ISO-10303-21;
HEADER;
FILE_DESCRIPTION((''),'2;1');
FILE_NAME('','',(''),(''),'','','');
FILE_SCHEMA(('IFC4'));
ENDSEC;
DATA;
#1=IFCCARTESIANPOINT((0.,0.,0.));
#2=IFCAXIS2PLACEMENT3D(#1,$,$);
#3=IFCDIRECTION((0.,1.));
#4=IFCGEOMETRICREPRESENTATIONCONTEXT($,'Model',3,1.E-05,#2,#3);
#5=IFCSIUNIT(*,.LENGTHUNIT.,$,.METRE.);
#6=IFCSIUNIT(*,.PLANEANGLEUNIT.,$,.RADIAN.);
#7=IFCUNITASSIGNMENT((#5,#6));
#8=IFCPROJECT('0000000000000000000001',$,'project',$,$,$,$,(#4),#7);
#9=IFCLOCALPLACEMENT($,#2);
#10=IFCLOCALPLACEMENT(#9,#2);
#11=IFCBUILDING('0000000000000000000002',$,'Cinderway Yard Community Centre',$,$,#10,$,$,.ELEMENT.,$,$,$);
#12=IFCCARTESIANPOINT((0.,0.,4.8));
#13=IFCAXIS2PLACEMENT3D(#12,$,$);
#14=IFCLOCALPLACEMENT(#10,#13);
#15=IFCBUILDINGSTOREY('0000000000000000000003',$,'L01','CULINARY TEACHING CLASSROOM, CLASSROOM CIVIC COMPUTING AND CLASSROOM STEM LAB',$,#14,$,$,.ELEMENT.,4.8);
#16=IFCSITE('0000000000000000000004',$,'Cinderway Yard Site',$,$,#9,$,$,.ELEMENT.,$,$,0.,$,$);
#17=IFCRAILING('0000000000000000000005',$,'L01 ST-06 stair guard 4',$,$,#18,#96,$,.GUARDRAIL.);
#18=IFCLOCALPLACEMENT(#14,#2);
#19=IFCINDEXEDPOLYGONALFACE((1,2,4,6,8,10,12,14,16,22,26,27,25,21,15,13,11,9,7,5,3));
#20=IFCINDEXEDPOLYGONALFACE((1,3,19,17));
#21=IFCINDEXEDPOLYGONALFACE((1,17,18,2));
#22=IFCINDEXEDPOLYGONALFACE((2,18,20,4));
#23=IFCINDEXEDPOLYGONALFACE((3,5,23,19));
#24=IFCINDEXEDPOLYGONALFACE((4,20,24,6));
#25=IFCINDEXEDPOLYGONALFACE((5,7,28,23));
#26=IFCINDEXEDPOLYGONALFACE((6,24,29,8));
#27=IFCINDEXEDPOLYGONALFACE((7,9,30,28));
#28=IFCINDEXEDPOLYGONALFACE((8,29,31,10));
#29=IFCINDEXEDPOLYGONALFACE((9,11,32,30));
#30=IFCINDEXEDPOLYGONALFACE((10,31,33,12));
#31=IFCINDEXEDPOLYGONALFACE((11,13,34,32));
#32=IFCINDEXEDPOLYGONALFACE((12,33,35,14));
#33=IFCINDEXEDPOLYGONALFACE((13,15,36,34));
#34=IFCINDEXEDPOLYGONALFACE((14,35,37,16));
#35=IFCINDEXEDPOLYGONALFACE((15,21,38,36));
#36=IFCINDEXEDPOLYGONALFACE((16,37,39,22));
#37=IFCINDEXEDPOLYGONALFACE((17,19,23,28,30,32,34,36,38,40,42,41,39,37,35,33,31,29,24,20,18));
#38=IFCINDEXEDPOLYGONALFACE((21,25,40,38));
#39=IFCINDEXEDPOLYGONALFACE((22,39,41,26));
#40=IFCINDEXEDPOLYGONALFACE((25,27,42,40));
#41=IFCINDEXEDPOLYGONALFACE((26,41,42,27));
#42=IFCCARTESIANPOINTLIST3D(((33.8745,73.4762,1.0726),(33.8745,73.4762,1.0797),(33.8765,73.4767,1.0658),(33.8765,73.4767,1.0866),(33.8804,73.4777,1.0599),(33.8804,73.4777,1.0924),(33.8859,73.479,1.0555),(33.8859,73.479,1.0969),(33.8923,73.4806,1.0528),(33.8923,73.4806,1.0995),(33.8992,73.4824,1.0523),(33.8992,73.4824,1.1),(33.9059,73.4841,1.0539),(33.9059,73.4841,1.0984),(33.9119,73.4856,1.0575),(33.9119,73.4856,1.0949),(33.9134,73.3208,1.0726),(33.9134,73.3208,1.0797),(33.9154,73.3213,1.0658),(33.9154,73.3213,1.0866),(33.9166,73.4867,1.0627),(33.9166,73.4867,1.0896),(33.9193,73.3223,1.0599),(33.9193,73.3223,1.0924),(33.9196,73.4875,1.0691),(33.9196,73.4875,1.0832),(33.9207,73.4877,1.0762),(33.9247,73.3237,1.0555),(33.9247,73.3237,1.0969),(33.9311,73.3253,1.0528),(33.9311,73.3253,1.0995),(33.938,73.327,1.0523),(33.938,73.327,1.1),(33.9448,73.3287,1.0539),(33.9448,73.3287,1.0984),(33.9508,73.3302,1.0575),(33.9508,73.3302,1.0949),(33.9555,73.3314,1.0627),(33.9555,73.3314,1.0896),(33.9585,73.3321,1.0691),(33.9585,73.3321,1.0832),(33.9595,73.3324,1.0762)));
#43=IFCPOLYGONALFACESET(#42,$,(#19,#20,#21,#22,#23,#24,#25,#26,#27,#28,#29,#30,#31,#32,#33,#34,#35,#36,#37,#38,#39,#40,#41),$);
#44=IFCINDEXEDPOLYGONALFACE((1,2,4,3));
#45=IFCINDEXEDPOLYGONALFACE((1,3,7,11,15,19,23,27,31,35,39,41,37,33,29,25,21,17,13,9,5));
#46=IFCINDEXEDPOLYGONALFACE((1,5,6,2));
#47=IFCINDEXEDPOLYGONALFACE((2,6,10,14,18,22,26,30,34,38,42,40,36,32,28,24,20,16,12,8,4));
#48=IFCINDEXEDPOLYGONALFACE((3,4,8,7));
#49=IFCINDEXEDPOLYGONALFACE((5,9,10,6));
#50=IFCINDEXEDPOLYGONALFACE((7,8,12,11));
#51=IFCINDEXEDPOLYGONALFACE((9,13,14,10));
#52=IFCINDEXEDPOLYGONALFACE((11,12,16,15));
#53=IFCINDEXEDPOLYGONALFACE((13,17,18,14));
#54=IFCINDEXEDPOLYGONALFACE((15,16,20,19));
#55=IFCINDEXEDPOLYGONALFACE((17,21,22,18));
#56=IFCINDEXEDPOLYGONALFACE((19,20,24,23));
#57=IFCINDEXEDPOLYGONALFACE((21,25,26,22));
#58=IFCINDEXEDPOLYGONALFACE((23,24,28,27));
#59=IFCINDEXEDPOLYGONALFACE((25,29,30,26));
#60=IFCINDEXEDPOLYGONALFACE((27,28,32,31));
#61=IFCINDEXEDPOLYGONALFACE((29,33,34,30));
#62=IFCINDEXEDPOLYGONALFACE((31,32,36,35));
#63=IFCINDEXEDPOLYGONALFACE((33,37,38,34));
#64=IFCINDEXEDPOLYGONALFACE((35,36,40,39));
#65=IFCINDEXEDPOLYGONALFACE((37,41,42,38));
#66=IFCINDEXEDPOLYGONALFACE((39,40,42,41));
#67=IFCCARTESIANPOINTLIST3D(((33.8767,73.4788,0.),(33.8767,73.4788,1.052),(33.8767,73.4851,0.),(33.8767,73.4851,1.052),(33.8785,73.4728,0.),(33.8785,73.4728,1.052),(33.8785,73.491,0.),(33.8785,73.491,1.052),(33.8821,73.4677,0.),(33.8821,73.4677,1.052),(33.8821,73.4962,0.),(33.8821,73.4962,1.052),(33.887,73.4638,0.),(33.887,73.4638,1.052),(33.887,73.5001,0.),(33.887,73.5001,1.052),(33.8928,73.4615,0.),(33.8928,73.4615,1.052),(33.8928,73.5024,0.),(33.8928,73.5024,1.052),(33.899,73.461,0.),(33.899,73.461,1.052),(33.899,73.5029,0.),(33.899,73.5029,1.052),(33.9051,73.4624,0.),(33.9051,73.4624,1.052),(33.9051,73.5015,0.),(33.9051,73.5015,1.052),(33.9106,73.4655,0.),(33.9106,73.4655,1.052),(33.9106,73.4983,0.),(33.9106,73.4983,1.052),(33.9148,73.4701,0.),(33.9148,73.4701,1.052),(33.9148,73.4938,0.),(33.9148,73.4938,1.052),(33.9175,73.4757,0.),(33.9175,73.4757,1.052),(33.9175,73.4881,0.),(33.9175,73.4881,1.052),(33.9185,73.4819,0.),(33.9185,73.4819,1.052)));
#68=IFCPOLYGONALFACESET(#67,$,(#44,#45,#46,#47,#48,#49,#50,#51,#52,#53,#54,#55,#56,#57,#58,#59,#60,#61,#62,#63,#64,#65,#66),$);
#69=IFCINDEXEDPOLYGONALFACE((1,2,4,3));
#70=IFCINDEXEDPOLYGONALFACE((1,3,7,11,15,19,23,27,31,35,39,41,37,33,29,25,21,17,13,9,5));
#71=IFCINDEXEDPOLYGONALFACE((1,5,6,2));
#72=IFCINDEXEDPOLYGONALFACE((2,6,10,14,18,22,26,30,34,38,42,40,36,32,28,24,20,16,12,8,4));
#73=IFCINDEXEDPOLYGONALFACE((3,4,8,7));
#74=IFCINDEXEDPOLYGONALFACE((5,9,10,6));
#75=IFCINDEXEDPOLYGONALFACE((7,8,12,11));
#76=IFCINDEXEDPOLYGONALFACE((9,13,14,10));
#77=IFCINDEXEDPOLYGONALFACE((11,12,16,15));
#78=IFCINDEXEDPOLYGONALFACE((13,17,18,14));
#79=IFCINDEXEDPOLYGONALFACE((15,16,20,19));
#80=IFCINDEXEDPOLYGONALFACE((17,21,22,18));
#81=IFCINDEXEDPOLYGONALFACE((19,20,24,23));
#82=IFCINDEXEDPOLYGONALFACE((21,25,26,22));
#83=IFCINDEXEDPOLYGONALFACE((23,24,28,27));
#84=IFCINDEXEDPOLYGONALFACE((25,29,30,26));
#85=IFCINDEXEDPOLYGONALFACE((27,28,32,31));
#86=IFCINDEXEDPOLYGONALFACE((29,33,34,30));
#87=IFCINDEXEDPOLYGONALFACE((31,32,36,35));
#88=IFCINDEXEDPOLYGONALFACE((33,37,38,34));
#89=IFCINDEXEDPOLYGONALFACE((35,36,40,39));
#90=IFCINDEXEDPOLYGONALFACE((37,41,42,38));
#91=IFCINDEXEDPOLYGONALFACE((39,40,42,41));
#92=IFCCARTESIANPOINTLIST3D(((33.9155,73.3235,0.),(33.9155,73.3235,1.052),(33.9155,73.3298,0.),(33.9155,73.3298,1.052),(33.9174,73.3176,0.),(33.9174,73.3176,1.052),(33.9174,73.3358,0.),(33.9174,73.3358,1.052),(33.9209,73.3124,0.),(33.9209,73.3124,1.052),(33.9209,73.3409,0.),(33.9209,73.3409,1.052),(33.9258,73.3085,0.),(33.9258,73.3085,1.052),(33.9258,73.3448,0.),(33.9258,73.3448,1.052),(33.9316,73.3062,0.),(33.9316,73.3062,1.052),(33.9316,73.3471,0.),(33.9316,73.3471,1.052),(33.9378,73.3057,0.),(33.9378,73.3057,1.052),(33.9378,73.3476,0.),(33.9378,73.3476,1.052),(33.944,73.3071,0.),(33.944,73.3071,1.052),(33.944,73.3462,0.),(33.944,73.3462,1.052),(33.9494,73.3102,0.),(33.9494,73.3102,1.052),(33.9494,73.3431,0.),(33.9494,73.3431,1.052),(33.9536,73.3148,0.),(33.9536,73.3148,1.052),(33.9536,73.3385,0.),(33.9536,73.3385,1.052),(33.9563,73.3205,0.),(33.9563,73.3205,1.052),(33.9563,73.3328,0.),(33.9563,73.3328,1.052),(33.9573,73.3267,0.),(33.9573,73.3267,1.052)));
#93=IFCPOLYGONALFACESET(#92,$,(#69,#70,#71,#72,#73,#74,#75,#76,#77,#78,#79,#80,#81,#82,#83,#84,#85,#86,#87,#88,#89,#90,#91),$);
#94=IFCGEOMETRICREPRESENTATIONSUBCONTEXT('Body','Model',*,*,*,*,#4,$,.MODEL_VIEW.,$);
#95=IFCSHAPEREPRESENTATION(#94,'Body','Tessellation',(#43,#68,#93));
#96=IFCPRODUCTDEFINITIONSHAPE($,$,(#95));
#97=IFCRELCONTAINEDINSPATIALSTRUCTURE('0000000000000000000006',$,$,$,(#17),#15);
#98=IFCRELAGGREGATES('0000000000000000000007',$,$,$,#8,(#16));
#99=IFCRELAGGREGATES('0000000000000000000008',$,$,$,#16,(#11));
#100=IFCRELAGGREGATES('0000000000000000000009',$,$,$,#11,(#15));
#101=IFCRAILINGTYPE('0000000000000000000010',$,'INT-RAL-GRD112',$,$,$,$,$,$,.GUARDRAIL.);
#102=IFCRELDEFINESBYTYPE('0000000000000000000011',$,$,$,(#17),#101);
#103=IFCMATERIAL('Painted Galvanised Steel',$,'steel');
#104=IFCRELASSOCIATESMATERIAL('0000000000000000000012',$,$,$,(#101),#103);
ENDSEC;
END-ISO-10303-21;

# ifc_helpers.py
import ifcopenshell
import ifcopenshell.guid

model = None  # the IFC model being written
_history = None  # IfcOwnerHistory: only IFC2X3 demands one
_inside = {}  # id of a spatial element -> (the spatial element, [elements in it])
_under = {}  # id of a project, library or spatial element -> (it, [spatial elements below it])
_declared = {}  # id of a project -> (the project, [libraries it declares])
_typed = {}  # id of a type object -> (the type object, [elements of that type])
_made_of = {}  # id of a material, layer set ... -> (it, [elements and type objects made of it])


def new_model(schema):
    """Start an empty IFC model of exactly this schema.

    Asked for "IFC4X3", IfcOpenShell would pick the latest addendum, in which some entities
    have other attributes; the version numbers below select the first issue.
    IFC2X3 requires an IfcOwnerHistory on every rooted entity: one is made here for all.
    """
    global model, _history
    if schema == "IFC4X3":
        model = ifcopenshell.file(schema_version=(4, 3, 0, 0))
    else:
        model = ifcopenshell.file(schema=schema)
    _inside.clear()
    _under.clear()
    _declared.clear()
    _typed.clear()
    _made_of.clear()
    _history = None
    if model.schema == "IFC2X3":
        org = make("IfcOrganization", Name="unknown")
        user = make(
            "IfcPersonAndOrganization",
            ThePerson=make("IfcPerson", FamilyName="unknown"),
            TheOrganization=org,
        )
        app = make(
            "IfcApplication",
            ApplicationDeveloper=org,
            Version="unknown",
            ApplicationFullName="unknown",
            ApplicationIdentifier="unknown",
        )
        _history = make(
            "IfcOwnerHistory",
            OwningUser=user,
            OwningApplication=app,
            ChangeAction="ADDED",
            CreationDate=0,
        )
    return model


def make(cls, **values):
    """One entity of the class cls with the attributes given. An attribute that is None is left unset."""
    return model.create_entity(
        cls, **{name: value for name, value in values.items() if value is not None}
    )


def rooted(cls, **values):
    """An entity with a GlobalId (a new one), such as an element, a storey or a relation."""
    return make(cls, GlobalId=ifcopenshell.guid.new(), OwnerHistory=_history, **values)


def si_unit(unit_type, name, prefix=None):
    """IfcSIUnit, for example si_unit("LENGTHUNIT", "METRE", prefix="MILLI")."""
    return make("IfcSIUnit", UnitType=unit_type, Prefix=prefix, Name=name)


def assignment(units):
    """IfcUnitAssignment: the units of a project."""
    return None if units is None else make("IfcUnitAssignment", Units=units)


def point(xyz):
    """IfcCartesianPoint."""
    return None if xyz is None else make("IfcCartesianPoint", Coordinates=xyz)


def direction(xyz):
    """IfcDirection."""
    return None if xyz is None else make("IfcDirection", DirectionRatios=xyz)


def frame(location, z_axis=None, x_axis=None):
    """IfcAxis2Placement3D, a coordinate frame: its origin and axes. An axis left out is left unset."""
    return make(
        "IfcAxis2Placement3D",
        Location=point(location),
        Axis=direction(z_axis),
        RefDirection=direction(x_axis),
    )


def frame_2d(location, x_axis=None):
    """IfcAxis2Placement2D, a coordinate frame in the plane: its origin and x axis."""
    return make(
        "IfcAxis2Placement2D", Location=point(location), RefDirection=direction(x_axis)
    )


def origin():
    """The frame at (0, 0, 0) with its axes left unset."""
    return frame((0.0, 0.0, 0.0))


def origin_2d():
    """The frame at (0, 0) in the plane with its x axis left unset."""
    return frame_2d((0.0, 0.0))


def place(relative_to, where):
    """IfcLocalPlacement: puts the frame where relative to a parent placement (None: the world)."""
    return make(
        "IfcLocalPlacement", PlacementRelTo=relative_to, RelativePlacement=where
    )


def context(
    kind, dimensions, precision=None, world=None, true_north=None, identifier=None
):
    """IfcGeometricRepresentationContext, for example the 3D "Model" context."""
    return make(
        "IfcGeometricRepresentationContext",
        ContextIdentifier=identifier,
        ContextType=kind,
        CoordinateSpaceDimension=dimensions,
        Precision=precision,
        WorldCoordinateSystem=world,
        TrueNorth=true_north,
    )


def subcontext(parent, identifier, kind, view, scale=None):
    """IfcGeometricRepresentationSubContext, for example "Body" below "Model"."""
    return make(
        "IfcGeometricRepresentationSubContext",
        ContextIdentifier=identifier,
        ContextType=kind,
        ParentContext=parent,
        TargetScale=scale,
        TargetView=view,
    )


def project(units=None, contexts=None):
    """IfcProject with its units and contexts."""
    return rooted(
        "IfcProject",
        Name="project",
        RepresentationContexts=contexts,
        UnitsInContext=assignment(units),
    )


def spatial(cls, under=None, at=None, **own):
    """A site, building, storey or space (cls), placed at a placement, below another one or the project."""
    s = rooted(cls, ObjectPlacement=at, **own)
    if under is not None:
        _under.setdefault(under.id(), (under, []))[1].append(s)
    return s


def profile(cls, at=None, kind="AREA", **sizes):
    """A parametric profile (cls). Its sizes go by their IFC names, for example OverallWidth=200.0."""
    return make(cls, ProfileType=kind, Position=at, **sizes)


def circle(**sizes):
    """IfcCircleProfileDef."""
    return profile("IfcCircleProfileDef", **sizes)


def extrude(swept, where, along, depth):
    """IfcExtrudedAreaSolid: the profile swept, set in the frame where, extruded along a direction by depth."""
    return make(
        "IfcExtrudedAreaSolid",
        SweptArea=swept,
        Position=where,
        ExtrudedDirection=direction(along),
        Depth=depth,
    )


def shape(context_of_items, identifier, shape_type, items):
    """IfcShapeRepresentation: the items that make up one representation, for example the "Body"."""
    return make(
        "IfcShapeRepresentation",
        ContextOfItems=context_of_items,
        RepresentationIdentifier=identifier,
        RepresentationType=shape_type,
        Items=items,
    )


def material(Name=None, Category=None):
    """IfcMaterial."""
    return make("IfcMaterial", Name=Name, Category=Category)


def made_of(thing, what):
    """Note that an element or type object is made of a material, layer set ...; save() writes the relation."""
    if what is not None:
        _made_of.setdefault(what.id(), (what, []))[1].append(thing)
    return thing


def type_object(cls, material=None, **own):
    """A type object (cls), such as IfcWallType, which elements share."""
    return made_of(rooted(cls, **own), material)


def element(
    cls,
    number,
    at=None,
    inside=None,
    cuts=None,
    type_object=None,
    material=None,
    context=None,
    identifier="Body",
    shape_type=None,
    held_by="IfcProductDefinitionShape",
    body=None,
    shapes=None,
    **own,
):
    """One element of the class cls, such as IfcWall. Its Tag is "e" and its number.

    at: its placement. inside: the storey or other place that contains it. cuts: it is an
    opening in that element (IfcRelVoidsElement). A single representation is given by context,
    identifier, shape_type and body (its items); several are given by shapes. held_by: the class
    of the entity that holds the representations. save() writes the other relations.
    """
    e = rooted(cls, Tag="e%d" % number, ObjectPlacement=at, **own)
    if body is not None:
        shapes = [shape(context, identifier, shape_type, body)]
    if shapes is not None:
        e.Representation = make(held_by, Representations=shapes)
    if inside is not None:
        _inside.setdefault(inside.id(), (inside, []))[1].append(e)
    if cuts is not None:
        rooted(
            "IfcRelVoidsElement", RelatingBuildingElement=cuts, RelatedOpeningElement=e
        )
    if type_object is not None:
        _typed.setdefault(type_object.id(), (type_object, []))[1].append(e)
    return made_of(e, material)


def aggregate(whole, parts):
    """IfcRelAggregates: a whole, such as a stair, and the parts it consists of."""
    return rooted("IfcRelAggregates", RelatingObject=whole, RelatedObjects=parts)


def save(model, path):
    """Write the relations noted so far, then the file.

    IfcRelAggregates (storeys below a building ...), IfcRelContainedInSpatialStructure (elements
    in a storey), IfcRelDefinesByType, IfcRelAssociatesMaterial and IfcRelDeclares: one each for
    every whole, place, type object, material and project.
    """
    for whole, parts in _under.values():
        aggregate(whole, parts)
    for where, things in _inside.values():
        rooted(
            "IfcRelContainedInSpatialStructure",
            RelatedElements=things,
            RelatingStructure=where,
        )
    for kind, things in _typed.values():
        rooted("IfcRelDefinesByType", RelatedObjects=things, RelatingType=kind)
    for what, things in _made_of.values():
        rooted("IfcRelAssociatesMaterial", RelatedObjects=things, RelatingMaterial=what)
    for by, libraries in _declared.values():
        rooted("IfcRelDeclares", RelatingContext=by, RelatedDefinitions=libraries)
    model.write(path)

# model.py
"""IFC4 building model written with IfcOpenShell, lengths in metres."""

from ifc_helpers import new_model, si_unit, direction, frame, origin, origin_2d, place, context, subcontext, project, spatial, circle, extrude, material, type_object, element, save


model = new_model("IFC4")

# Units and contexts
model_context = context("Model", 3, precision=1e-05, world=origin(), true_north=direction((0.0, 1.0)))
body_context = subcontext(model_context, "Body", "Model", "MODEL_VIEW")
ifc_project = project(units=[si_unit("LENGTHUNIT", "METRE"), si_unit("PLANEANGLEUNIT", "RADIAN")], contexts=[model_context])

# Site, building, storey
site_placement = place(None, origin())
site = spatial("IfcSite", under=ifc_project, at=site_placement, Name="Cinderway Yard Site", CompositionType="ELEMENT", RefElevation=0.0)
building_placement = place(site_placement, origin())
building = spatial("IfcBuilding", under=site, at=building_placement, Name="Cinderway Yard Community Centre", CompositionType="ELEMENT")
storey_placement = place(building_placement, frame((0.0, 0.0, 4.8)))
storey = spatial("IfcBuildingStorey", under=building, at=storey_placement, Name="L01", Description="CULINARY TEACHING CLASSROOM, CLASSROOM CIVIC COMPUTING AND CLASSROOM STEM LAB", CompositionType="ELEMENT", Elevation=4.8)

# Railing
ifc_material_1 = material(Name="Painted Galvanised Steel", Category="steel")
railing_type_1 = type_object("IfcRailingType", Name="INT-RAL-GRD112", PredefinedType="GUARDRAIL", material=ifc_material_1)
railing_1_placement = place(storey_placement, frame((33.8975, 73.4819, 0.0)))
element("IfcRailing", 1, at=railing_1_placement, inside=storey, type_object=railing_type_1, Name="L01 ST-06 stair guard 4", PredefinedType="GUARDRAIL", context=body_context, shape_type="SweptSolid", body=[
    extrude(circle(Radius=0.0239, at=origin_2d()), frame((0.0, 0.0, 1.0762), z_axis=(0.242536, -0.970143, 0.0), x_axis=(0.970143, 0.242536, 0.0)), (0.0, 0.0, 1.0), 0.1602),
    extrude(circle(Radius=0.021, at=origin_2d()), origin(), (0.0, 0.0, 1.0), 1.052),
    extrude(circle(Radius=0.021, at=origin_2d()), frame((0.0388, -0.1553, 0.0)), (0.0, 0.0, 1.0), 1.052),
])

save(model, "model.ifc")
